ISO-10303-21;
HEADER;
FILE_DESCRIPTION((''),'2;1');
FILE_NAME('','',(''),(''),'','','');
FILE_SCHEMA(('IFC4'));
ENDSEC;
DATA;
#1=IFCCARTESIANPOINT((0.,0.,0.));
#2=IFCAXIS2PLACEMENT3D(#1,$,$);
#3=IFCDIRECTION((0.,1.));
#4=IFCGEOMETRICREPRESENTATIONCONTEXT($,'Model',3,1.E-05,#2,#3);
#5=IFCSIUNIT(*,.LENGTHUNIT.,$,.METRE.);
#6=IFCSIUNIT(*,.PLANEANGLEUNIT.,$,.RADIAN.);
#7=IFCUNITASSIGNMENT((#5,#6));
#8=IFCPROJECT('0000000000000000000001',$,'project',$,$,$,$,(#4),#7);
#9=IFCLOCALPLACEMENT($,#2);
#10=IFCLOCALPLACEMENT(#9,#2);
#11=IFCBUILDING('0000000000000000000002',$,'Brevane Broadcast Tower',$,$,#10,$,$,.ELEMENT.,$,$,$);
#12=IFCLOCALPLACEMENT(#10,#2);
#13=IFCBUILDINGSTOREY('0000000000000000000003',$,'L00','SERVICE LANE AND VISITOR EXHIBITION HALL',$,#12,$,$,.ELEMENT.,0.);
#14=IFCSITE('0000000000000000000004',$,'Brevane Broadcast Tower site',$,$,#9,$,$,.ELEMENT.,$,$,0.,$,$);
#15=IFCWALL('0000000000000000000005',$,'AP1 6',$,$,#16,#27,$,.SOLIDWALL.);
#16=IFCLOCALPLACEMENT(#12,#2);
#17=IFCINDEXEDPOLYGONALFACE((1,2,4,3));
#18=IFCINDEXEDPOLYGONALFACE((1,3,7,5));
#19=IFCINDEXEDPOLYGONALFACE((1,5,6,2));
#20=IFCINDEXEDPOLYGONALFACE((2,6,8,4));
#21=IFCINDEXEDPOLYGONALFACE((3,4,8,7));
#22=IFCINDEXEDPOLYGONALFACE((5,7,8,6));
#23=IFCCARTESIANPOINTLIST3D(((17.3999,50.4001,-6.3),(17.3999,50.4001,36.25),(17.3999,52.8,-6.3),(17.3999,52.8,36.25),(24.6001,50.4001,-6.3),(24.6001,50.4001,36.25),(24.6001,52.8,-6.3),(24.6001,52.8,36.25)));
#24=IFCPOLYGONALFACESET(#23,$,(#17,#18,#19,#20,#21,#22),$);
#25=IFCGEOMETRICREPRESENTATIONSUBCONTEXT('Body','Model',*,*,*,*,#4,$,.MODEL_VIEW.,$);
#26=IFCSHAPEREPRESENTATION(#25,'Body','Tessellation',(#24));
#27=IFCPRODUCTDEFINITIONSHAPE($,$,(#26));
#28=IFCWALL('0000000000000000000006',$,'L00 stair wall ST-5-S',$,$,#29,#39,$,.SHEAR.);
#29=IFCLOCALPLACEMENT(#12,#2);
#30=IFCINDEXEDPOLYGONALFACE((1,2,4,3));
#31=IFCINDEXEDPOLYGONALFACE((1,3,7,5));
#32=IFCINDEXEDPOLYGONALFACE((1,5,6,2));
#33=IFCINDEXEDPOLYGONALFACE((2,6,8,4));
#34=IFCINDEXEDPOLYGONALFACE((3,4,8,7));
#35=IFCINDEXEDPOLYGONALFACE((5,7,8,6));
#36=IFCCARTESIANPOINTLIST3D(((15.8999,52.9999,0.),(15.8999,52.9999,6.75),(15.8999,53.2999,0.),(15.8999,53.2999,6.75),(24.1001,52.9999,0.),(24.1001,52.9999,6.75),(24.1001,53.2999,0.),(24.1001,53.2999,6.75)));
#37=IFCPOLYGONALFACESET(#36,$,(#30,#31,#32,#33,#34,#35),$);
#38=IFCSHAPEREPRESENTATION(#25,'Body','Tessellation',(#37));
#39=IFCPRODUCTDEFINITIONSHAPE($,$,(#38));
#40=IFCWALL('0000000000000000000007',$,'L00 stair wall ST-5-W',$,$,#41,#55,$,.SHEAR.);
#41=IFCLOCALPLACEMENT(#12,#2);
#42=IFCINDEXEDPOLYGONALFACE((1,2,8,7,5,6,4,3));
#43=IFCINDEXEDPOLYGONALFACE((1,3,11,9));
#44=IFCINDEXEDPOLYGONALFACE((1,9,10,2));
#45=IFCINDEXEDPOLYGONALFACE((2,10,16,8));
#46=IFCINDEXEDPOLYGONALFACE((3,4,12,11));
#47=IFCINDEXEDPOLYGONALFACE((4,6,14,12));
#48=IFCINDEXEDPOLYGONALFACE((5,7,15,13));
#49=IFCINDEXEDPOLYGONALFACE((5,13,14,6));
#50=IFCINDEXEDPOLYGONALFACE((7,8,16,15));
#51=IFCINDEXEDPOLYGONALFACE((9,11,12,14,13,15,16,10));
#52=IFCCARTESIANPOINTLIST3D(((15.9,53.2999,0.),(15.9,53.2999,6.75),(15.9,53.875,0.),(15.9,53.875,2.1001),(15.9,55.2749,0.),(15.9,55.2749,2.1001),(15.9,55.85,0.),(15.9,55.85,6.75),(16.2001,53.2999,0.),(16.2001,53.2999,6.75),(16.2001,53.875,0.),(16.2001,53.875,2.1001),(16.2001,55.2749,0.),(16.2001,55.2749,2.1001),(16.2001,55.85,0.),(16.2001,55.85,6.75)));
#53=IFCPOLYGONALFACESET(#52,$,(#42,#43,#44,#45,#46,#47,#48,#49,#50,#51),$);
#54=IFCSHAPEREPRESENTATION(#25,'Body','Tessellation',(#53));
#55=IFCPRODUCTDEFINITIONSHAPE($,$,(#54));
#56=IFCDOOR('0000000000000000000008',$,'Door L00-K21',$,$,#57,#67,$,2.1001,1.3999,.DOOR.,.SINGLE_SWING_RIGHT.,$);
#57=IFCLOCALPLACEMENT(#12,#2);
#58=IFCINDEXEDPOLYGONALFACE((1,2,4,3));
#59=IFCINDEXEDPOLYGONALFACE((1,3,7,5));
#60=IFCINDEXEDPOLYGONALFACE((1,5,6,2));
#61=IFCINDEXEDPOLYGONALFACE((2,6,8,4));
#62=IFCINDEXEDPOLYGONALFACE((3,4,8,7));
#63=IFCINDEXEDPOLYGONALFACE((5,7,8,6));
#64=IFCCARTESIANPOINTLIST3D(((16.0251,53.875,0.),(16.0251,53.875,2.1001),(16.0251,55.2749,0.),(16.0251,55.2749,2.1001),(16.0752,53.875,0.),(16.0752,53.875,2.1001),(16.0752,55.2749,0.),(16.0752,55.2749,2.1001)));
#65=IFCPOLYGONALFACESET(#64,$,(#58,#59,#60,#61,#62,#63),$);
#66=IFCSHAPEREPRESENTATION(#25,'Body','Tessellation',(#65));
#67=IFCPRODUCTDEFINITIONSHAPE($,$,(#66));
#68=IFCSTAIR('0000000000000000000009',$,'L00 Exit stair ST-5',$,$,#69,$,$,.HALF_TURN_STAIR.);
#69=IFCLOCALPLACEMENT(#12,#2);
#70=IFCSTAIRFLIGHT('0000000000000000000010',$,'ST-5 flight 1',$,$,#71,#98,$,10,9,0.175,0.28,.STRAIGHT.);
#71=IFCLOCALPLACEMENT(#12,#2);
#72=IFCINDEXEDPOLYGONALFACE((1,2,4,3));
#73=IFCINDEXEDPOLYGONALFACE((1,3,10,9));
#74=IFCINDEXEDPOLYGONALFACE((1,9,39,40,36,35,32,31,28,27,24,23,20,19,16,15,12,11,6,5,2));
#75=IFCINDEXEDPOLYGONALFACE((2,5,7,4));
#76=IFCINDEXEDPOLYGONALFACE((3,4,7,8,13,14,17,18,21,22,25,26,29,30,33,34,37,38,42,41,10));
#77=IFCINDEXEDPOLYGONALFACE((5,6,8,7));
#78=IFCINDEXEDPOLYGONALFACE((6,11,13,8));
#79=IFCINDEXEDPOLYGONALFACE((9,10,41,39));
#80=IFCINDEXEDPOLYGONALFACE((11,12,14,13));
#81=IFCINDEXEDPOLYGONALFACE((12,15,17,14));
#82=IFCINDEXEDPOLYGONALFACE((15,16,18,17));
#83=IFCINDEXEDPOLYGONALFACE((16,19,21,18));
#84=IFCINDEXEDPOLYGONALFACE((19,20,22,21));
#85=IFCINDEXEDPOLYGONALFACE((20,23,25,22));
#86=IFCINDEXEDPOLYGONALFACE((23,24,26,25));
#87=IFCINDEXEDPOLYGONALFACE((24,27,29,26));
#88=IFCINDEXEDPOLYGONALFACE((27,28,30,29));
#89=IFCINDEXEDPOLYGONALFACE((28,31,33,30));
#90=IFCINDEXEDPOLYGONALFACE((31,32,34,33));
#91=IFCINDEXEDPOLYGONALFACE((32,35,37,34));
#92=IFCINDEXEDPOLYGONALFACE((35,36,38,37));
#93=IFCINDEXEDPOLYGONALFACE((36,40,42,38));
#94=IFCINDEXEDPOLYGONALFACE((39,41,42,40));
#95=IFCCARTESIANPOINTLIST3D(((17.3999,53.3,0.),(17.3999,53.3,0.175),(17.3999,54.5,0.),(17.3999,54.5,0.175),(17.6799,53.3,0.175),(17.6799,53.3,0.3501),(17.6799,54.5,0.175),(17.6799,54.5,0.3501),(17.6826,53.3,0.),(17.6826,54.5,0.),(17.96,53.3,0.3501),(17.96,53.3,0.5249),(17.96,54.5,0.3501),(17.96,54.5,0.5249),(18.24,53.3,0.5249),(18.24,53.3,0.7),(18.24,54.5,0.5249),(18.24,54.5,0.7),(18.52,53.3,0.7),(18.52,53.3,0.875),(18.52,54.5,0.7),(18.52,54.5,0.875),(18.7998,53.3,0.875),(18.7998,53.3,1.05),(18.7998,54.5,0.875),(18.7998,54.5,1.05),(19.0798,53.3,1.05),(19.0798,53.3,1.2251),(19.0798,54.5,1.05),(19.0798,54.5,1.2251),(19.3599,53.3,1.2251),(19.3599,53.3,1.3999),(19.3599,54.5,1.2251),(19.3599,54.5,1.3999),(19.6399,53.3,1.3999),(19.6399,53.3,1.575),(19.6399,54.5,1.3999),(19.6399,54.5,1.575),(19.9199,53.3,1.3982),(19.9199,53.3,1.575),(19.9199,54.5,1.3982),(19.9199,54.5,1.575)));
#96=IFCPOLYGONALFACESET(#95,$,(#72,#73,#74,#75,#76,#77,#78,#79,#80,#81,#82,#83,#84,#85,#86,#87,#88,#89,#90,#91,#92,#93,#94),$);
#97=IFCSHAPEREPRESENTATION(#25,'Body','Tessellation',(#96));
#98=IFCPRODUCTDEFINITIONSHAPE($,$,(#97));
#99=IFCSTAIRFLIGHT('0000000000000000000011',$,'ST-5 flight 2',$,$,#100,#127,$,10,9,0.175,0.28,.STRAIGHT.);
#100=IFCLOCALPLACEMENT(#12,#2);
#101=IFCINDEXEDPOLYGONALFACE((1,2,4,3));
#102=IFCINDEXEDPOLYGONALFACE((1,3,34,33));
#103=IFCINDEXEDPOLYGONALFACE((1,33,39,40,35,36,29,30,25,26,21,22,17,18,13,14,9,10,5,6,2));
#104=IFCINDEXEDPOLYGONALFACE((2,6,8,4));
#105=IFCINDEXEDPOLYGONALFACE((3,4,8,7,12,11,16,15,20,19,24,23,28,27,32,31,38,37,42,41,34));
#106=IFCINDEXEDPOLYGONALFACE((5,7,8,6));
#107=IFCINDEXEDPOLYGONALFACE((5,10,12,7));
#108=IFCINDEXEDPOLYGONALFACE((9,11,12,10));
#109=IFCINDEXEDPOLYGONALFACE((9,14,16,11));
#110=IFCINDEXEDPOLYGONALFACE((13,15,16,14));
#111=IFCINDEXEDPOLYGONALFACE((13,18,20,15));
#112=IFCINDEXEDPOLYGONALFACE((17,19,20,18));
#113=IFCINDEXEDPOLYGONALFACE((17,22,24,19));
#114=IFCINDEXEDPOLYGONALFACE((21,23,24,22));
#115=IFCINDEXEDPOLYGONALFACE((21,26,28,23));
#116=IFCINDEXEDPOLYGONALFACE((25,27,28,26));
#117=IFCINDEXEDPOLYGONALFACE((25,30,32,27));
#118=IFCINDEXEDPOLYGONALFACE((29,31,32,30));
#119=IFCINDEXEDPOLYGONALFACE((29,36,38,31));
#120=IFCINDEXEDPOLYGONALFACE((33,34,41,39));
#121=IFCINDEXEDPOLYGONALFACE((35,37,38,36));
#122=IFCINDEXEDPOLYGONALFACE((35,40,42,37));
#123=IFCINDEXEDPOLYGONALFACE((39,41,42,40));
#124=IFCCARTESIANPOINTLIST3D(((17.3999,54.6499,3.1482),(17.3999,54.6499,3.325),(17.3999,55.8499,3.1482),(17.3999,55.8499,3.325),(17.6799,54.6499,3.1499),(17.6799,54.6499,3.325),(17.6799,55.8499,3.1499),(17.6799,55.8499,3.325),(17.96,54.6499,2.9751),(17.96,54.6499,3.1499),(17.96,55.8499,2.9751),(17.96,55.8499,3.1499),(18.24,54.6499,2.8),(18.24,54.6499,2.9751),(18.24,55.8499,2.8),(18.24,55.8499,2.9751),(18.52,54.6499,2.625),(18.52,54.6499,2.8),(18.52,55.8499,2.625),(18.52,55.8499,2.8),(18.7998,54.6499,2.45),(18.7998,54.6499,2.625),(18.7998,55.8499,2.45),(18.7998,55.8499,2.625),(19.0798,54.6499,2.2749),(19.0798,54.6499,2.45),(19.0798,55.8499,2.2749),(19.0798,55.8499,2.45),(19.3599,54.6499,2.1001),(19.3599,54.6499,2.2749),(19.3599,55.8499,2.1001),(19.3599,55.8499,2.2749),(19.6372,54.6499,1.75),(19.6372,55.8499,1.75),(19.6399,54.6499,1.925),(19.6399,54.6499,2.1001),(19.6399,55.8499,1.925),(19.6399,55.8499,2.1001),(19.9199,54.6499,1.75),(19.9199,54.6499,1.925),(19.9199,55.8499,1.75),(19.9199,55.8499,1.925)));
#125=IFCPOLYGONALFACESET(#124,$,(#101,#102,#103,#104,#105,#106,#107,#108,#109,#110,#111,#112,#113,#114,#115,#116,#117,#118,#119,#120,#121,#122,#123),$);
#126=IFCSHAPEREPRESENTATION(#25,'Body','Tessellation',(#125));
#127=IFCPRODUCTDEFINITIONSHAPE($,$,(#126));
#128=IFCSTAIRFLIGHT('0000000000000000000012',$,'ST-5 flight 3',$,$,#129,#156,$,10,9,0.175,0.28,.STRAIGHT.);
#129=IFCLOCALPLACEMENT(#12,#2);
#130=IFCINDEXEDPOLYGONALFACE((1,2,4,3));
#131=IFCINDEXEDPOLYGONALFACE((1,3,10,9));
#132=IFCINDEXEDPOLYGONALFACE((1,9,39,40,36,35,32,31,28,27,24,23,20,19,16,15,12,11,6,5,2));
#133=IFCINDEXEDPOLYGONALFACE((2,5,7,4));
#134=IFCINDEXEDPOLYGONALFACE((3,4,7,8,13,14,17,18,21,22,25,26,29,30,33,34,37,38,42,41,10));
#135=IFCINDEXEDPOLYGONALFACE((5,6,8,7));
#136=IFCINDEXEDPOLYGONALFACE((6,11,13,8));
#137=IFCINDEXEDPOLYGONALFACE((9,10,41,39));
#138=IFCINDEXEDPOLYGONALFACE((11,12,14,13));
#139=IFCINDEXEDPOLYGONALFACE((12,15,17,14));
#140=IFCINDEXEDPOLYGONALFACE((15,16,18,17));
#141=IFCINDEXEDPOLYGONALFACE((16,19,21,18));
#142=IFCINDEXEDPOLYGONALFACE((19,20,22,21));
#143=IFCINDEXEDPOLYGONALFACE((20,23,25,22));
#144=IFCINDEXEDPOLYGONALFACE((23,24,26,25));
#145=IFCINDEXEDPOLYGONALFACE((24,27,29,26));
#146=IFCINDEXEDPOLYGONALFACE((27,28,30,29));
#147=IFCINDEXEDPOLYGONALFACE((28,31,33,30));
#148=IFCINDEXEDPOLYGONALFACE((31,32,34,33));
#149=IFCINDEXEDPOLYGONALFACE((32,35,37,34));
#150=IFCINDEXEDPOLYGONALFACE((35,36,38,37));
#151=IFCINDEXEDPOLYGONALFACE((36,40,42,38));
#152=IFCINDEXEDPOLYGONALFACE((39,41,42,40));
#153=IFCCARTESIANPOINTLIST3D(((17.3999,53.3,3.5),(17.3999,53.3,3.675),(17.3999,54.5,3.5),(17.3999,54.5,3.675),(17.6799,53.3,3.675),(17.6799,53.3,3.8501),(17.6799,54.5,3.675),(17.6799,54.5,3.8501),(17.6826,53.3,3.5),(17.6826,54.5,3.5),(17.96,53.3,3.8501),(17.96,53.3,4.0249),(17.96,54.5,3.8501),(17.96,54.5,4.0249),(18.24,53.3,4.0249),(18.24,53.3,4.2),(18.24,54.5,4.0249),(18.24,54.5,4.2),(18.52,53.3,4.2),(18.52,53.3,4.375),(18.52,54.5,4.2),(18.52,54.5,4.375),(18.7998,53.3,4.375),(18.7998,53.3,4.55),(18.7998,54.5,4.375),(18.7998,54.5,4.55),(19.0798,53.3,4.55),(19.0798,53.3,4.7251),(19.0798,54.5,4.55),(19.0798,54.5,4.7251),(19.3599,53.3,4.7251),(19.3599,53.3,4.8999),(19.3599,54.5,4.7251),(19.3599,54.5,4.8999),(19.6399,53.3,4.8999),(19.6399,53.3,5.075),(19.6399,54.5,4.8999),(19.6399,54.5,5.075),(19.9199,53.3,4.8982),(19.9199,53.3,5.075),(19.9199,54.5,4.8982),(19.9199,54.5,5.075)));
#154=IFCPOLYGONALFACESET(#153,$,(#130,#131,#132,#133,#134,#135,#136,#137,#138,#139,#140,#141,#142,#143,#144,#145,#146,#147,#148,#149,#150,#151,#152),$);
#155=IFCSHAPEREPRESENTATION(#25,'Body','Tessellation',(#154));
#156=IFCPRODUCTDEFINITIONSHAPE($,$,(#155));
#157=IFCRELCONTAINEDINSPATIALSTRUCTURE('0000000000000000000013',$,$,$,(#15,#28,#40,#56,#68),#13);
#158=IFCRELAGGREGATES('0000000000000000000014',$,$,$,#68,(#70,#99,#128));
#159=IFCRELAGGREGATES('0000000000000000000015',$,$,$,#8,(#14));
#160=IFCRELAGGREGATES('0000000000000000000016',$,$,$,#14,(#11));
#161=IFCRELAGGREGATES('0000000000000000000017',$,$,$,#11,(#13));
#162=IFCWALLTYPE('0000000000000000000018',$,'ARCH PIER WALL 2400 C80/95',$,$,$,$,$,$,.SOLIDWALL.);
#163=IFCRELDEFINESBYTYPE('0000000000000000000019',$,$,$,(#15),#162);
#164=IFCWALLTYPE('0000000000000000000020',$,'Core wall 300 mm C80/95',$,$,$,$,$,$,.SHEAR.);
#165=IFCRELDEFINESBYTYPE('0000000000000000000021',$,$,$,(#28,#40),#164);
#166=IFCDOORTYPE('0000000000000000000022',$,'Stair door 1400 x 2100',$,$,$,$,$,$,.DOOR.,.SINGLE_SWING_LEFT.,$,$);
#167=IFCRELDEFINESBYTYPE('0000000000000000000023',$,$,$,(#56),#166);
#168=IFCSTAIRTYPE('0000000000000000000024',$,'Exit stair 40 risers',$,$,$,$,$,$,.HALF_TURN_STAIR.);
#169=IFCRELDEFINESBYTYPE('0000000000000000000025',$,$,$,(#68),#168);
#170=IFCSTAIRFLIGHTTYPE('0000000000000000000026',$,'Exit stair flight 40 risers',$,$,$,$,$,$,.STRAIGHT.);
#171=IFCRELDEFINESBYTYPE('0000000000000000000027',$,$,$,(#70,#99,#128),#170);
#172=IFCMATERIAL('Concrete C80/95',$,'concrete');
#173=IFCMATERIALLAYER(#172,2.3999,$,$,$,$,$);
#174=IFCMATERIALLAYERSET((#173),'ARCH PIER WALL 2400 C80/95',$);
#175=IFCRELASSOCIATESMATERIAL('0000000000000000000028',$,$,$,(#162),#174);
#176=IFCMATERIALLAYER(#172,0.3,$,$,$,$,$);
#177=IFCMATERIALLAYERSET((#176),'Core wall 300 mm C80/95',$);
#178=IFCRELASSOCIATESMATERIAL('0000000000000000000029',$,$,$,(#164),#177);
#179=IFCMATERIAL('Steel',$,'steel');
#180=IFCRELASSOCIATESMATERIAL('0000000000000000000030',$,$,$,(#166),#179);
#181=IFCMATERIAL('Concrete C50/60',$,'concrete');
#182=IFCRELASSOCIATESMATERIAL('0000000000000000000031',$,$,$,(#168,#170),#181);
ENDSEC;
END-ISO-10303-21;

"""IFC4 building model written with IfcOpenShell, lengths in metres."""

from ifc_helpers import new_model, si_unit, direction, frame, frame_2d, origin, place, context, subcontext, project, spatial, polyline, rectangle, outline, extrude, material, layer, layer_set, type_object, element, fill, aggregate, save


model = new_model("IFC4")

# Units and contexts
model_context = context("Model", 3, precision=1e-05, world=origin(), true_north=direction((0.0, 1.0)))
body_context = subcontext(model_context, "Body", "Model", "MODEL_VIEW")
ifc_project = project(units=[si_unit("LENGTHUNIT", "METRE"), si_unit("PLANEANGLEUNIT", "RADIAN")], contexts=[model_context])

# Site, building, storey
site_placement = place(None, origin())
site = spatial("IfcSite", under=ifc_project, at=site_placement, Name="Brevane Broadcast Tower site", CompositionType="ELEMENT", RefElevation=0.0)
building_placement = place(site_placement, origin())
building = spatial("IfcBuilding", under=site, at=building_placement, Name="Brevane Broadcast Tower", CompositionType="ELEMENT")
storey_placement = place(building_placement, origin())
storey = spatial("IfcBuildingStorey", under=building, at=storey_placement, Name="L00", Description="SERVICE LANE AND VISITOR EXHIBITION HALL", CompositionType="ELEMENT", Elevation=0.0)

# Walls
ifc_material_1 = material(Name="Concrete C80/95", Category="concrete")
ifc_layer_1 = layer(ifc_material_1, 2.3999)
ifc_layer_set_1 = layer_set([ifc_layer_1], Name="ARCH PIER WALL 2400 C80/95")
wall_type_1 = type_object("IfcWallType", Name="ARCH PIER WALL 2400 C80/95", PredefinedType="SOLIDWALL", material=ifc_layer_set_1)
wall_1_placement = place(storey_placement, frame((17.3999, 51.6001, -6.3), z_axis=(0.0, 0.0, 1.0), x_axis=(1.0, 0.0, 0.0)))
element("IfcWall", 1, at=wall_1_placement, inside=storey, type_object=wall_type_1, Name="AP1 6", PredefinedType="SOLIDWALL", context=body_context, shape_type="SweptSolid", body=[
    extrude(rectangle(XDim=7.2002, YDim=2.3999, at=frame_2d((3.6001, 0.0))), origin(), (0.0, 0.0, 1.0), 42.55),
])
ifc_layer_2 = layer(ifc_material_1, 0.3)
ifc_layer_set_2 = layer_set([ifc_layer_2], Name="Core wall 300 mm C80/95")
wall_type_2 = type_object("IfcWallType", Name="Core wall 300 mm C80/95", PredefinedType="SHEAR", material=ifc_layer_set_2)
wall_2_placement = place(storey_placement, frame((15.8999, 53.1499, 0.0), z_axis=(0.0, 0.0, 1.0), x_axis=(1.0, 0.0, 0.0)))
element("IfcWall", 2, at=wall_2_placement, inside=storey, type_object=wall_type_2, Name="L00 stair wall ST-5-S", PredefinedType="SHEAR", context=body_context, shape_type="SweptSolid", body=[
    extrude(rectangle(XDim=8.2002, YDim=0.3, at=frame_2d((4.1001, 0.0))), origin(), (0.0, 0.0, 1.0), 6.75),
])

# Wall, opening, door
wall_3_placement = place(storey_placement, frame((16.05, 53.3, 0.0), z_axis=(0.0, 0.0, 1.0), x_axis=(0.0, 1.0, 0.0)))
wall_3 = element("IfcWall", 3, at=wall_3_placement, inside=storey, type_object=wall_type_2, Name="L00 stair wall ST-5-W", PredefinedType="SHEAR", context=body_context, shape_type="SweptSolid", body=[
    extrude(rectangle(XDim=2.55, YDim=0.3, at=frame_2d((1.2749, 0.0))), origin(), (0.0, 0.0, 1.0), 6.75),
])
opening_placement = place(wall_3_placement, frame((0.575, 0.0, 0.0)))
opening = element("IfcOpeningElement", 4, at=opening_placement, cuts=wall_3, PredefinedType="OPENING", context=body_context, shape_type="SweptSolid", body=[
    extrude(rectangle(XDim=1.3999, YDim=2.1001, at=frame_2d((0.7, 1.05))), frame((0.0, 0.1599, 0.0), z_axis=(0.0, -1.0, 0.0), x_axis=(1.0, 0.0, 0.0)), (0.0, 0.0, 1.0), 0.3201),
])
ifc_material_2 = material(Name="Steel", Category="steel")
door_type = type_object("IfcDoorType", Name="Stair door 1400 x 2100", OperationType="SINGLE_SWING_LEFT", PredefinedType="DOOR", material=ifc_material_2)
door_placement = place(opening_placement, origin())
door = element("IfcDoor", 5, at=door_placement, inside=storey, type_object=door_type, Name="Door L00-K21", OperationType="SINGLE_SWING_RIGHT", OverallHeight=2.1001, OverallWidth=1.3999, PredefinedType="DOOR", context=body_context, shape_type="SweptSolid", body=[
    extrude(rectangle(XDim=1.3999, YDim=2.1001, at=frame_2d((0.7, 1.05))), frame((0.0, 0.0249, 0.0), z_axis=(0.0, -1.0, 0.0), x_axis=(1.0, 0.0, 0.0)), (0.0, 0.0, 1.0), 0.05),
])
fill(opening, door)

# Stair, stair flights
ifc_material_3 = material(Name="Concrete C50/60", Category="concrete")
stair_type = type_object("IfcStairType", Name="Exit stair 40 risers", PredefinedType="HALF_TURN_STAIR", material=ifc_material_3)
stair_placement = place(storey_placement, origin())
stair = element("IfcStair", 6, at=stair_placement, inside=storey, type_object=stair_type, Name="L00 Exit stair ST-5", PredefinedType="HALF_TURN_STAIR")
stair_flight_type = type_object("IfcStairFlightType", Name="Exit stair flight 40 risers", PredefinedType="STRAIGHT", material=ifc_material_3)
stair_flight_1_placement = place(storey_placement, frame((17.3999, 53.8999, 0.0), z_axis=(0.0, 0.0, 1.0), x_axis=(1.0, 0.0, 0.0)))
stair_flight_1 = element("IfcStairFlight", 7, at=stair_flight_1_placement, type_object=stair_flight_type, Name="ST-5 flight 1", NumberOfRisers=10, NumberOfTreads=9, PredefinedType="STRAIGHT", RiserHeight=0.175, TreadLength=0.28, context=body_context, shape_type="SweptSolid", body=[
    extrude(outline(polyline([(0.0, 0.0), (0.0, 0.175), (0.28, 0.175), (0.28, 0.3501), (0.5601, 0.3501), (0.5601, 0.5249), (0.8401, 0.5249), (0.8401, 0.7), (1.1201, 0.7), (1.1201, 0.875), (1.3999, 0.875), (1.3999, 1.05), (1.6799, 1.05), (1.6799, 1.2251), (1.96, 1.2251), (1.96, 1.3999), (2.24, 1.3999), (2.24, 1.575), (2.52, 1.575), (2.52, 1.75), (2.52, 1.3982), (0.2827, 0.0), (0.0, 0.0)])), frame((0.0, 0.6001, 0.0), z_axis=(0.0, -1.0, 0.0), x_axis=(1.0, 0.0, 0.0)), (0.0, 0.0, 1.0), 1.2),
])
stair_flight_2_placement = place(storey_placement, frame((19.9199, 55.25, 1.75), z_axis=(0.0, 0.0, 1.0), x_axis=(-1.0, 0.0, 0.0)))
stair_flight_2 = element("IfcStairFlight", 8, at=stair_flight_2_placement, type_object=stair_flight_type, Name="ST-5 flight 2", NumberOfRisers=10, NumberOfTreads=9, PredefinedType="STRAIGHT", RiserHeight=0.175, TreadLength=0.28, context=body_context, shape_type="SweptSolid", body=[
    extrude(outline(polyline([(0.0, 0.0), (0.0, 0.175), (0.28, 0.175), (0.28, 0.3501), (0.5601, 0.3501), (0.5601, 0.5249), (0.8401, 0.5249), (0.8401, 0.7), (1.1201, 0.7), (1.1201, 0.875), (1.3999, 0.875), (1.3999, 1.05), (1.6799, 1.05), (1.6799, 1.2251), (1.96, 1.2251), (1.96, 1.3999), (2.24, 1.3999), (2.24, 1.575), (2.52, 1.575), (2.52, 1.75), (2.52, 1.3982), (0.2827, 0.0), (0.0, 0.0)])), frame((0.0, 0.6001, 0.0), z_axis=(0.0, -1.0, 0.0), x_axis=(1.0, 0.0, 0.0)), (0.0, 0.0, 1.0), 1.2),
])
stair_flight_3_placement = place(storey_placement, frame((17.3999, 53.8999, 3.5), z_axis=(0.0, 0.0, 1.0), x_axis=(1.0, 0.0, 0.0)))
stair_flight_3 = element("IfcStairFlight", 9, at=stair_flight_3_placement, type_object=stair_flight_type, Name="ST-5 flight 3", NumberOfRisers=10, NumberOfTreads=9, PredefinedType="STRAIGHT", RiserHeight=0.175, TreadLength=0.28, context=body_context, shape_type="SweptSolid", body=[
    extrude(outline(polyline([(0.0, 0.0), (0.0, 0.175), (0.28, 0.175), (0.28, 0.3501), (0.5601, 0.3501), (0.5601, 0.5249), (0.8401, 0.5249), (0.8401, 0.7), (1.1201, 0.7), (1.1201, 0.875), (1.3999, 0.875), (1.3999, 1.05), (1.6799, 1.05), (1.6799, 1.2251), (1.96, 1.2251), (1.96, 1.3999), (2.24, 1.3999), (2.24, 1.575), (2.52, 1.575), (2.52, 1.75), (2.52, 1.3982), (0.2827, 0.0), (0.0, 0.0)])), frame((0.0, 0.6001, 0.0), z_axis=(0.0, -1.0, 0.0), x_axis=(1.0, 0.0, 0.0)), (0.0, 0.0, 1.0), 1.2),
])
aggregate(stair, [stair_flight_1, stair_flight_2, stair_flight_3])

save(model, "model.ifc")
